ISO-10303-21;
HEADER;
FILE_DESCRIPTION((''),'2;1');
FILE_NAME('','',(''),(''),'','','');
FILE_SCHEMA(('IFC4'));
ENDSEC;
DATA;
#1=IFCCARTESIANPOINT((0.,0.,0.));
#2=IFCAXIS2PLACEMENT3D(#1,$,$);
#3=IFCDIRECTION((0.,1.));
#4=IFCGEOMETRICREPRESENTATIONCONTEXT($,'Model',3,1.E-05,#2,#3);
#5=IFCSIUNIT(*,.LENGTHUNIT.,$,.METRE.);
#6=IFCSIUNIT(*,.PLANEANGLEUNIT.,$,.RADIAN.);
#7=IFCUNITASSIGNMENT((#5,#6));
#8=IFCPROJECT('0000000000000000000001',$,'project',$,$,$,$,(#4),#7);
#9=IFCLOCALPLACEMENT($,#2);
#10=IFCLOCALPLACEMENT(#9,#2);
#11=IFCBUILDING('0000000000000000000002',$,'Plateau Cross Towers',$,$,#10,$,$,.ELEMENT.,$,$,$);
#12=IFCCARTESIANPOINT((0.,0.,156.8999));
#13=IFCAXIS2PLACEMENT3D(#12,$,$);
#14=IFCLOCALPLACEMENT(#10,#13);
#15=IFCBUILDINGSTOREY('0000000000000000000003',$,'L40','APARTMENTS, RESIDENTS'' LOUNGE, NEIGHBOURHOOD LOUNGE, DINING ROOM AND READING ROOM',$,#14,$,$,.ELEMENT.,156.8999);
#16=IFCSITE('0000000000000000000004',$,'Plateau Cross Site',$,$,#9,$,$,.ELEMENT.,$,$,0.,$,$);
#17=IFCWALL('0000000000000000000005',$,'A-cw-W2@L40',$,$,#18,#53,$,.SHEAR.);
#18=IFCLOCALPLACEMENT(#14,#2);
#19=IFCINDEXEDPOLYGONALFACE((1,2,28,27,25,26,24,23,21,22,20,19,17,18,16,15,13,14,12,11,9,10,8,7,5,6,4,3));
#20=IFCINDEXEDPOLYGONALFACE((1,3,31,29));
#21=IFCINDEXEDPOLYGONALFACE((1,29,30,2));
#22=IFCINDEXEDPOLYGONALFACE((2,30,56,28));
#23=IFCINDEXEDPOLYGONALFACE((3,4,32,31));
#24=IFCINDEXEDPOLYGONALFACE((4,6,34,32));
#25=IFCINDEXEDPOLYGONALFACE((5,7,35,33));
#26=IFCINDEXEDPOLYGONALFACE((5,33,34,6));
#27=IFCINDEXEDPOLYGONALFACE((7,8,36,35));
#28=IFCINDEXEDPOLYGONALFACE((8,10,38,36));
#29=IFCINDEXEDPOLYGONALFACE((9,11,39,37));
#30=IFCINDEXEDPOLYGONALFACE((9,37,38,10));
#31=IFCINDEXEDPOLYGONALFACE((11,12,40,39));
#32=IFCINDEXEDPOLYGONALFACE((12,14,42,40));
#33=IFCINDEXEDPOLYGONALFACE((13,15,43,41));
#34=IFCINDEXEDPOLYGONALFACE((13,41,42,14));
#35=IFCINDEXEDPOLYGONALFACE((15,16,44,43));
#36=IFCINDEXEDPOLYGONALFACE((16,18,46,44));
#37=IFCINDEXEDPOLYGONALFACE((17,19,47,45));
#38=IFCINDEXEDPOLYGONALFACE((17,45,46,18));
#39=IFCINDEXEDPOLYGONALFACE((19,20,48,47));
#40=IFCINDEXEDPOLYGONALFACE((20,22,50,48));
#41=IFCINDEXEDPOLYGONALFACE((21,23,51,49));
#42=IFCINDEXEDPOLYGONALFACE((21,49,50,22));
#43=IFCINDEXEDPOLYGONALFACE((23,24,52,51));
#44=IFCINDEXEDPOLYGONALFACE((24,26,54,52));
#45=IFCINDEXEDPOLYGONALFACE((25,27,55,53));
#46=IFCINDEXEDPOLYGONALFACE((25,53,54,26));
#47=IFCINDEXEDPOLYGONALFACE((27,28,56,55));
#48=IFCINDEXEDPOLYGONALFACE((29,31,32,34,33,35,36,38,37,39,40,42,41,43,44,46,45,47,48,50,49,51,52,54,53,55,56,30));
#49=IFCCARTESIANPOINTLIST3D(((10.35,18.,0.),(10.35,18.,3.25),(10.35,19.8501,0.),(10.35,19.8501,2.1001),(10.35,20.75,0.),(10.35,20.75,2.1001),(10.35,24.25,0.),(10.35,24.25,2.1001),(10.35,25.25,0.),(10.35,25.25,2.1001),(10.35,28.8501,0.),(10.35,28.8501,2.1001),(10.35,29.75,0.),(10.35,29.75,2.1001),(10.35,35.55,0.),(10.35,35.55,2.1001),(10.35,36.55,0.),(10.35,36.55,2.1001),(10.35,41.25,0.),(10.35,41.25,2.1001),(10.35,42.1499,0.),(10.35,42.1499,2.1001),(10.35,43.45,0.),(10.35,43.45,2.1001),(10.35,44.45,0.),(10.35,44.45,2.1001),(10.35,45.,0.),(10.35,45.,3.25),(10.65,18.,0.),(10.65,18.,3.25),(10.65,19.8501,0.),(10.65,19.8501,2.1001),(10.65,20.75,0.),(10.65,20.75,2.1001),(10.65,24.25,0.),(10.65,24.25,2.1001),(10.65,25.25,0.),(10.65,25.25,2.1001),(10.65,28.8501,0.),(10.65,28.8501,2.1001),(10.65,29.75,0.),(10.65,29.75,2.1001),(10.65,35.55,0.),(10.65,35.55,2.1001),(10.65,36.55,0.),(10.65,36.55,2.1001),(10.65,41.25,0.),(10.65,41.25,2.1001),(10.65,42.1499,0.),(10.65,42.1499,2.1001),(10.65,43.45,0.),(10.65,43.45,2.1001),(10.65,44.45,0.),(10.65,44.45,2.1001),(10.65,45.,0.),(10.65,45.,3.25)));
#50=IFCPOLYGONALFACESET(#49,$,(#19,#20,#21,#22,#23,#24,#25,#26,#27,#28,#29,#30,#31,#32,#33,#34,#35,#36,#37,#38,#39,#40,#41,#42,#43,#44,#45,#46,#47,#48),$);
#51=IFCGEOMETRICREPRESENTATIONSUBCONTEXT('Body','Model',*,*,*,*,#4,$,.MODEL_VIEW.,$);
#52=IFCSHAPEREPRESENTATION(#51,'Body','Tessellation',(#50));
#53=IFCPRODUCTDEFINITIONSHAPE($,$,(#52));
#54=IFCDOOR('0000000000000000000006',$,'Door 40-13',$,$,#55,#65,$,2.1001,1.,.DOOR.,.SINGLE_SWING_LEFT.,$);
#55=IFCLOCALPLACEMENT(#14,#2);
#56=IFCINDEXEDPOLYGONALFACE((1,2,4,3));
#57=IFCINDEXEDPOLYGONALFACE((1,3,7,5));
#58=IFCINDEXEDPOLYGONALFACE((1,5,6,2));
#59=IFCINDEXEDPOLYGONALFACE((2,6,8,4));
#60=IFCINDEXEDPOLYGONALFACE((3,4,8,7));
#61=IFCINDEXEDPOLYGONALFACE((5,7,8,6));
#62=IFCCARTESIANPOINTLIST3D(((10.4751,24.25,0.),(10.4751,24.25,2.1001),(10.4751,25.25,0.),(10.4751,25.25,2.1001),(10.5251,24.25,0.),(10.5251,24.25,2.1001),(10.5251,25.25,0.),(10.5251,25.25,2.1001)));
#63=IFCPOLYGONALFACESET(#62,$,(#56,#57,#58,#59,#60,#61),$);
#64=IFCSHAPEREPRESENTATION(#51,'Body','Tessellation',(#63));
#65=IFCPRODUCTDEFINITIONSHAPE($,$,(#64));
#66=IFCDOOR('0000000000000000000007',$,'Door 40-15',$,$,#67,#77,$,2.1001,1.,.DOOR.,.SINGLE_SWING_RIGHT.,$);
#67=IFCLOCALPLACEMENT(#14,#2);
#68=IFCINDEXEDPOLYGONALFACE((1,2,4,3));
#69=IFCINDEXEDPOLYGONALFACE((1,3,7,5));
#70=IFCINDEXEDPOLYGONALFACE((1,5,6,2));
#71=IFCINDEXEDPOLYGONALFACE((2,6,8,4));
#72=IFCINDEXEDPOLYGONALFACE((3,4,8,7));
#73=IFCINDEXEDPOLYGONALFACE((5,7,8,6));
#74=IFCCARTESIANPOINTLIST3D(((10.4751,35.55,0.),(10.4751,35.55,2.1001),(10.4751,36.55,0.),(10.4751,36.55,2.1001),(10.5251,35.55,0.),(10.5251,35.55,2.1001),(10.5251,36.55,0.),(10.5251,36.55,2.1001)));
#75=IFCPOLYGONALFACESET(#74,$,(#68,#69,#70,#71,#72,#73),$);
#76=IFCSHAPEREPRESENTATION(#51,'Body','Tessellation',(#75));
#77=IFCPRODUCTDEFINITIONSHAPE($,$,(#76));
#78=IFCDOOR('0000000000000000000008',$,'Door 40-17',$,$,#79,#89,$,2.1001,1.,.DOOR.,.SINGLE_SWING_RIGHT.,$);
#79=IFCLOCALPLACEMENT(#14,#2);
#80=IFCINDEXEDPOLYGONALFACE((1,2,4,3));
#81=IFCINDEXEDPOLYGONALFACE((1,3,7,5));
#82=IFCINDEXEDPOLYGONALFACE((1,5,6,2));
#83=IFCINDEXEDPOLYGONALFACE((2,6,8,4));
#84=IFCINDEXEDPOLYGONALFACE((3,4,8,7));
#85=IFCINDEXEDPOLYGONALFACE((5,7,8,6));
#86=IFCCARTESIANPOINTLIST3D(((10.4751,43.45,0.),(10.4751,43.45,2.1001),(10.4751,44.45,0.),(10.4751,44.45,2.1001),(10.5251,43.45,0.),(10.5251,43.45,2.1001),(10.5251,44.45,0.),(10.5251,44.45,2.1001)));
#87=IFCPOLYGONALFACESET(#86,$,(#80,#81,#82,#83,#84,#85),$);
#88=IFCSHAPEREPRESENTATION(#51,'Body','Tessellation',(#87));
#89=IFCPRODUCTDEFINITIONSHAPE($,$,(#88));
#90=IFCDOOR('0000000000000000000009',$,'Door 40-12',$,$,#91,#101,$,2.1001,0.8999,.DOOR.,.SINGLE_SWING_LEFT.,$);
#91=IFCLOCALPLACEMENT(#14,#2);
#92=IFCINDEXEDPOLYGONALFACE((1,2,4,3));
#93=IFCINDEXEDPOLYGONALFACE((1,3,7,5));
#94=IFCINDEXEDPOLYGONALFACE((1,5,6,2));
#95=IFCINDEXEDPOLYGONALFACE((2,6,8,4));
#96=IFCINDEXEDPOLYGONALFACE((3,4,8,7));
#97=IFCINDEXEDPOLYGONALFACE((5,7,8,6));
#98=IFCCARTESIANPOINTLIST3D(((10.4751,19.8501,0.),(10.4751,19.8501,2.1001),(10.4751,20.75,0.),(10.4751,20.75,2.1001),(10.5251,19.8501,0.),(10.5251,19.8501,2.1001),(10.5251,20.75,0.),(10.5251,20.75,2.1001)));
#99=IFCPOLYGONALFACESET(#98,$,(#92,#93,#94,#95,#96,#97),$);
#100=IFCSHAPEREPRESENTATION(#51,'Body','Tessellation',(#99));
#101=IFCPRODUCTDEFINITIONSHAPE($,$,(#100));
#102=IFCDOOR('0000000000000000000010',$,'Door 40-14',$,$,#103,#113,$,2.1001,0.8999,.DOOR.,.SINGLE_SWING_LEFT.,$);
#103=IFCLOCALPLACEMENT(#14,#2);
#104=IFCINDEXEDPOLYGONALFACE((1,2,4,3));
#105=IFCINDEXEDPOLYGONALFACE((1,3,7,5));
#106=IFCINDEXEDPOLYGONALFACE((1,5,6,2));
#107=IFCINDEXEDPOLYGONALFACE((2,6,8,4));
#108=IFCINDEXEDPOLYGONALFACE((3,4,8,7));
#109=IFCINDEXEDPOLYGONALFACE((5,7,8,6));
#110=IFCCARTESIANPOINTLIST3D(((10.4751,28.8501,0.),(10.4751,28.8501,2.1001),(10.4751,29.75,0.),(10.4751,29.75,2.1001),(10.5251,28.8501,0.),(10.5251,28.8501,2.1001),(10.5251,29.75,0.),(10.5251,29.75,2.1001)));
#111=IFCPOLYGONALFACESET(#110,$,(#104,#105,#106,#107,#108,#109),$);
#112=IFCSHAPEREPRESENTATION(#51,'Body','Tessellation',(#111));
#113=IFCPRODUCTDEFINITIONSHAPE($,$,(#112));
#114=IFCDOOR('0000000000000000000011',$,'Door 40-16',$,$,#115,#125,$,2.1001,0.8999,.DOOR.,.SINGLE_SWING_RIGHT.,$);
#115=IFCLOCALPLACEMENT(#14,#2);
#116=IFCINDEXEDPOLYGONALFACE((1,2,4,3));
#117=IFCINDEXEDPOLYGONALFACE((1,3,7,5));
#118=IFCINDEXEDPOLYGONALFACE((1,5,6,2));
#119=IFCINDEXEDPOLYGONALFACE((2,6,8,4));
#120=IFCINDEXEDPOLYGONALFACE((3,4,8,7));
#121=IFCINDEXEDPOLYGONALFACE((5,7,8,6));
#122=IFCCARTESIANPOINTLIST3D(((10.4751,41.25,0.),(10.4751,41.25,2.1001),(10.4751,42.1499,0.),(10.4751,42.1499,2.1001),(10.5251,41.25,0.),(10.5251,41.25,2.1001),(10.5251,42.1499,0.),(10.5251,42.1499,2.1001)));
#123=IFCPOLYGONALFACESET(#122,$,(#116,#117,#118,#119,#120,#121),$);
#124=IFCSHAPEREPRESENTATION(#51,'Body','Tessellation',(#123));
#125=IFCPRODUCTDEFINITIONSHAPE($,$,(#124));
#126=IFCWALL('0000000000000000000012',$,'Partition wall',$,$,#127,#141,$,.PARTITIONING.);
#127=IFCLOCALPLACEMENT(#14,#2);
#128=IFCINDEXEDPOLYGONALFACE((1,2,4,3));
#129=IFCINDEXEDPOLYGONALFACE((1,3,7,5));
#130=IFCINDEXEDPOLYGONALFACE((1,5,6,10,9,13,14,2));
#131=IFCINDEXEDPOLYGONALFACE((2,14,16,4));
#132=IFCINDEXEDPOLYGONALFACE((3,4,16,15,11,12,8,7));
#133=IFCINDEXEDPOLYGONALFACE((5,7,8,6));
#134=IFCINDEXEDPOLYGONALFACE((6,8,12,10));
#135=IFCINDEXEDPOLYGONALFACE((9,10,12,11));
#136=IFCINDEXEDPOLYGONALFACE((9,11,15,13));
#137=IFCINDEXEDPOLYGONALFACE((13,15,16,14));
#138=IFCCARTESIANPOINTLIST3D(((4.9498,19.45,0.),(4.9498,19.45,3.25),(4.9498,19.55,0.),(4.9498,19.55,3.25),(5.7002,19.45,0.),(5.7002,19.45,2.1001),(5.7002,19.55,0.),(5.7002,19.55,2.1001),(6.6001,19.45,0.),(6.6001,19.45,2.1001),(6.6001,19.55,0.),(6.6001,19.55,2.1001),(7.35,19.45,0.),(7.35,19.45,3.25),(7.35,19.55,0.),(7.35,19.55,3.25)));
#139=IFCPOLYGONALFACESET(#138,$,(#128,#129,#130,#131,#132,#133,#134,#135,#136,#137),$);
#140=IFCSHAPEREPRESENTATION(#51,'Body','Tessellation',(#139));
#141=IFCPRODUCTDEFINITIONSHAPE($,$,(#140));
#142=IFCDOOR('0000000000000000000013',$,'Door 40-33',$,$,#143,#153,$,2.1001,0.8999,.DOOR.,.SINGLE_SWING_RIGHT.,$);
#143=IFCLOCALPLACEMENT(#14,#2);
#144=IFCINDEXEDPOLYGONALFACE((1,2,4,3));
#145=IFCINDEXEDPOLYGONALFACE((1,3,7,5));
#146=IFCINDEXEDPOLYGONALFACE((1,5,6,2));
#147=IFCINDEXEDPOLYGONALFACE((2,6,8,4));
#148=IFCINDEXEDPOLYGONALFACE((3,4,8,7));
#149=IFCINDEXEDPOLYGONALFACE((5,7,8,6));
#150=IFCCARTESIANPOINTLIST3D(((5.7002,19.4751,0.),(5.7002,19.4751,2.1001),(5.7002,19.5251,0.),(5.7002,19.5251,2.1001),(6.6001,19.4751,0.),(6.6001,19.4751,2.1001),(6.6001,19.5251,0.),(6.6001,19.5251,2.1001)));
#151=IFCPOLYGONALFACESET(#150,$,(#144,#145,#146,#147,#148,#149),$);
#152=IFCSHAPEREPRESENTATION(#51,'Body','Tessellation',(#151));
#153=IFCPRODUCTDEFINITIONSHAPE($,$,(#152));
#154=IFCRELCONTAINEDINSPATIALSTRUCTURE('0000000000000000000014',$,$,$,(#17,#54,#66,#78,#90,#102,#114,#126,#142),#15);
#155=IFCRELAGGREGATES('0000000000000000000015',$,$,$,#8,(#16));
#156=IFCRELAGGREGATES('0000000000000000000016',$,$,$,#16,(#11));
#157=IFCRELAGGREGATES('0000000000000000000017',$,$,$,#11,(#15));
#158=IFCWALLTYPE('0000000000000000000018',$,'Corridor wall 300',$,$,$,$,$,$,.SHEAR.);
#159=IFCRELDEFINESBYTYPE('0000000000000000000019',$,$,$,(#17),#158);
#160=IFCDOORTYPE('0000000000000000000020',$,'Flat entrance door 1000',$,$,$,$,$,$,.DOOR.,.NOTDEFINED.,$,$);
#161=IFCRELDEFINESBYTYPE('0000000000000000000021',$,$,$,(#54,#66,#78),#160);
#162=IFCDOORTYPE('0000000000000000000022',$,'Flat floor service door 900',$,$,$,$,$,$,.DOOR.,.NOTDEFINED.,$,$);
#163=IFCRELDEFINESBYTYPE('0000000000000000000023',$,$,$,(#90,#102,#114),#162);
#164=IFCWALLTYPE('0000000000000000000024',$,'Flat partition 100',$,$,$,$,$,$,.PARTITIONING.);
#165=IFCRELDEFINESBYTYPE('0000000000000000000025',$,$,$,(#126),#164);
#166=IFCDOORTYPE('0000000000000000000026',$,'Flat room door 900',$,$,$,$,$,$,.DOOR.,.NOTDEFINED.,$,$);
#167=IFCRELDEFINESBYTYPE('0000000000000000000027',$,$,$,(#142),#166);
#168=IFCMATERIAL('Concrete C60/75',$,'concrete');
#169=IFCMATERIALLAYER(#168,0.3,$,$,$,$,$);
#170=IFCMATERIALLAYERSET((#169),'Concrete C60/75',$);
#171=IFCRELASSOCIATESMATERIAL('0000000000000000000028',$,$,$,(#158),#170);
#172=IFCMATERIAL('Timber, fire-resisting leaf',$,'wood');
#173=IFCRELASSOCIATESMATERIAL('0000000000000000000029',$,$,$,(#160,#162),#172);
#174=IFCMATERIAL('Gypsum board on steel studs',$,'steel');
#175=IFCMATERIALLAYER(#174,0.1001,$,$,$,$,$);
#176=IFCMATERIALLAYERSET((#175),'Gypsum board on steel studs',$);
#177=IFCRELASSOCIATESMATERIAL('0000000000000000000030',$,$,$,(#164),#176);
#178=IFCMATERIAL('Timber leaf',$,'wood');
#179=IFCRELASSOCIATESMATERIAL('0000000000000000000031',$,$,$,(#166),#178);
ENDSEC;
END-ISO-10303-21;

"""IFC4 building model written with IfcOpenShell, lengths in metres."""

from ifc_helpers import new_model, si_unit, direction, frame, frame_2d, origin, place, context, subcontext, project, spatial, rectangle, extrude, material, layer, layer_set, type_object, element, fill, save


model = new_model("IFC4")

# Units and contexts
model_context = context("Model", 3, precision=1e-05, world=origin(), true_north=direction((0.0, 1.0)))
body_context = subcontext(model_context, "Body", "Model", "MODEL_VIEW")
ifc_project = project(units=[si_unit("LENGTHUNIT", "METRE"), si_unit("PLANEANGLEUNIT", "RADIAN")], contexts=[model_context])

# Site, building, storey
site_placement = place(None, origin())
site = spatial("IfcSite", under=ifc_project, at=site_placement, Name="Plateau Cross Site", CompositionType="ELEMENT", RefElevation=0.0)
building_placement = place(site_placement, origin())
building = spatial("IfcBuilding", under=site, at=building_placement, Name="Plateau Cross Towers", CompositionType="ELEMENT")
storey_placement = place(building_placement, frame((0.0, 0.0, 156.8999)))
storey = spatial("IfcBuildingStorey", under=building, at=storey_placement, Name="L40", Description="APARTMENTS, RESIDENTS' LOUNGE, NEIGHBOURHOOD LOUNGE, DINING ROOM AND READING ROOM", CompositionType="ELEMENT", Elevation=156.8999)

# Shared definitions
ifc_material_1 = material(Name="Concrete C60/75", Category="concrete")

# Wall, openings, doors
ifc_layer_1 = layer(ifc_material_1, 0.3)
ifc_layer_set_1 = layer_set([ifc_layer_1], Name="Concrete C60/75")
wall_type_1 = type_object("IfcWallType", Name="Corridor wall 300", PredefinedType="SHEAR", material=ifc_layer_set_1)
ifc_material_2 = material(Name="Timber, fire-resisting leaf", Category="wood")
door_type_1 = type_object("IfcDoorType", Name="Flat entrance door 1000", OperationType="NOTDEFINED", PredefinedType="DOOR", material=ifc_material_2)
wall_1_placement = place(storey_placement, frame((10.5, 18.0, 0.0), z_axis=(0.0, 0.0, 1.0), x_axis=(0.0, 1.0, 0.0)))
wall_1 = element("IfcWall", 1, at=wall_1_placement, inside=storey, type_object=wall_type_1, Name="A-cw-W2@L40", PredefinedType="SHEAR", context=body_context, shape_type="SweptSolid", body=[
    extrude(rectangle(XDim=27.0, YDim=0.3, at=frame_2d((13.5, 0.0))), origin(), (0.0, 0.0, 1.0), 3.25),
])
opening_1_placement = place(wall_1_placement, frame((1.8501, 0.0, 0.0)))
opening_1 = element("IfcOpeningElement", 2, at=opening_1_placement, cuts=wall_1, PredefinedType="OPENING", context=body_context, shape_type="SweptSolid", body=[
    extrude(rectangle(XDim=0.8999, YDim=2.1001, at=frame_2d((0.45, 1.05))), frame((0.0, 0.1599, 0.0), z_axis=(0.0, -1.0, 0.0), x_axis=(1.0, 0.0, 0.0)), (0.0, 0.0, 1.0), 0.3201),
])
opening_2_placement = place(wall_1_placement, frame((6.25, 0.0, 0.0)))
opening_2 = element("IfcOpeningElement", 3, at=opening_2_placement, cuts=wall_1, PredefinedType="OPENING", context=body_context, shape_type="SweptSolid", body=[
    extrude(rectangle(XDim=1.0, YDim=2.1001, at=frame_2d((0.5, 1.05))), frame((0.0, 0.1599, 0.0), z_axis=(0.0, -1.0, 0.0), x_axis=(1.0, 0.0, 0.0)), (0.0, 0.0, 1.0), 0.3201),
])
opening_3_placement = place(wall_1_placement, frame((10.8501, 0.0, 0.0)))
opening_3 = element("IfcOpeningElement", 4, at=opening_3_placement, cuts=wall_1, PredefinedType="OPENING", context=body_context, shape_type="SweptSolid", body=[
    extrude(rectangle(XDim=0.8999, YDim=2.1001, at=frame_2d((0.45, 1.05))), frame((0.0, 0.1599, 0.0), z_axis=(0.0, -1.0, 0.0), x_axis=(1.0, 0.0, 0.0)), (0.0, 0.0, 1.0), 0.3201),
])
opening_4_placement = place(wall_1_placement, frame((17.55, 0.0, 0.0)))
opening_4 = element("IfcOpeningElement", 5, at=opening_4_placement, cuts=wall_1, PredefinedType="OPENING", context=body_context, shape_type="SweptSolid", body=[
    extrude(rectangle(XDim=1.0, YDim=2.1001, at=frame_2d((0.5, 1.05))), frame((0.0, 0.1599, 0.0), z_axis=(0.0, -1.0, 0.0), x_axis=(1.0, 0.0, 0.0)), (0.0, 0.0, 1.0), 0.3201),
])
opening_5_placement = place(wall_1_placement, frame((23.25, 0.0, 0.0)))
opening_5 = element("IfcOpeningElement", 6, at=opening_5_placement, cuts=wall_1, PredefinedType="OPENING", context=body_context, shape_type="SweptSolid", body=[
    extrude(rectangle(XDim=0.8999, YDim=2.1001, at=frame_2d((0.45, 1.05))), frame((0.0, 0.1599, 0.0), z_axis=(0.0, -1.0, 0.0), x_axis=(1.0, 0.0, 0.0)), (0.0, 0.0, 1.0), 0.3201),
])
opening_6_placement = place(wall_1_placement, frame((25.45, 0.0, 0.0)))
opening_6 = element("IfcOpeningElement", 7, at=opening_6_placement, cuts=wall_1, PredefinedType="OPENING", context=body_context, shape_type="SweptSolid", body=[
    extrude(rectangle(XDim=1.0, YDim=2.1001, at=frame_2d((0.5, 1.05))), frame((0.0, 0.1599, 0.0), z_axis=(0.0, -1.0, 0.0), x_axis=(1.0, 0.0, 0.0)), (0.0, 0.0, 1.0), 0.3201),
])
door_1_placement = place(opening_2_placement, origin())
door_1 = element("IfcDoor", 8, at=door_1_placement, inside=storey, type_object=door_type_1, Name="Door 40-13", OperationType="SINGLE_SWING_LEFT", OverallHeight=2.1001, OverallWidth=1.0, PredefinedType="DOOR", context=body_context, shape_type="SweptSolid", body=[
    extrude(rectangle(XDim=1.0, YDim=2.1001, at=frame_2d((0.5, 1.05))), frame((0.0, 0.0249, 0.0), z_axis=(0.0, -1.0, 0.0), x_axis=(1.0, 0.0, 0.0)), (0.0, 0.0, 1.0), 0.05),
])
fill(opening_2, door_1)
door_2_placement = place(opening_4_placement, origin())
door_2 = element("IfcDoor", 9, at=door_2_placement, inside=storey, type_object=door_type_1, Name="Door 40-15", OperationType="SINGLE_SWING_RIGHT", OverallHeight=2.1001, OverallWidth=1.0, PredefinedType="DOOR", context=body_context, shape_type="SweptSolid", body=[
    extrude(rectangle(XDim=1.0, YDim=2.1001, at=frame_2d((0.5, 1.05))), frame((0.0, 0.0249, 0.0), z_axis=(0.0, -1.0, 0.0), x_axis=(1.0, 0.0, 0.0)), (0.0, 0.0, 1.0), 0.05),
])
fill(opening_4, door_2)
door_3_placement = place(opening_6_placement, origin())
door_3 = element("IfcDoor", 10, at=door_3_placement, inside=storey, type_object=door_type_1, Name="Door 40-17", OperationType="SINGLE_SWING_RIGHT", OverallHeight=2.1001, OverallWidth=1.0, PredefinedType="DOOR", context=body_context, shape_type="SweptSolid", body=[
    extrude(rectangle(XDim=1.0, YDim=2.1001, at=frame_2d((0.5, 1.05))), frame((0.0, 0.0249, 0.0), z_axis=(0.0, -1.0, 0.0), x_axis=(1.0, 0.0, 0.0)), (0.0, 0.0, 1.0), 0.05),
])
fill(opening_6, door_3)
door_type_2 = type_object("IfcDoorType", Name="Flat floor service door 900", OperationType="NOTDEFINED", PredefinedType="DOOR", material=ifc_material_2)
door_4_placement = place(opening_1_placement, origin())
door_4 = element("IfcDoor", 11, at=door_4_placement, inside=storey, type_object=door_type_2, Name="Door 40-12", OperationType="SINGLE_SWING_LEFT", OverallHeight=2.1001, OverallWidth=0.8999, PredefinedType="DOOR", context=body_context, shape_type="SweptSolid", body=[
    extrude(rectangle(XDim=0.8999, YDim=2.1001, at=frame_2d((0.45, 1.05))), frame((0.0, 0.0249, 0.0), z_axis=(0.0, -1.0, 0.0), x_axis=(1.0, 0.0, 0.0)), (0.0, 0.0, 1.0), 0.05),
])
fill(opening_1, door_4)
door_5_placement = place(opening_3_placement, origin())
door_5 = element("IfcDoor", 12, at=door_5_placement, inside=storey, type_object=door_type_2, Name="Door 40-14", OperationType="SINGLE_SWING_LEFT", OverallHeight=2.1001, OverallWidth=0.8999, PredefinedType="DOOR", context=body_context, shape_type="SweptSolid", body=[
    extrude(rectangle(XDim=0.8999, YDim=2.1001, at=frame_2d((0.45, 1.05))), frame((0.0, 0.0249, 0.0), z_axis=(0.0, -1.0, 0.0), x_axis=(1.0, 0.0, 0.0)), (0.0, 0.0, 1.0), 0.05),
])
fill(opening_3, door_5)
door_6_placement = place(opening_5_placement, origin())
door_6 = element("IfcDoor", 13, at=door_6_placement, inside=storey, type_object=door_type_2, Name="Door 40-16", OperationType="SINGLE_SWING_RIGHT", OverallHeight=2.1001, OverallWidth=0.8999, PredefinedType="DOOR", context=body_context, shape_type="SweptSolid", body=[
    extrude(rectangle(XDim=0.8999, YDim=2.1001, at=frame_2d((0.45, 1.05))), frame((0.0, 0.0249, 0.0), z_axis=(0.0, -1.0, 0.0), x_axis=(1.0, 0.0, 0.0)), (0.0, 0.0, 1.0), 0.05),
])
fill(opening_5, door_6)

# Wall, opening, door
ifc_material_3 = material(Name="Gypsum board on steel studs", Category="steel")
ifc_layer_2 = layer(ifc_material_3, 0.1001)
ifc_layer_set_2 = layer_set([ifc_layer_2], Name="Gypsum board on steel studs")
wall_type_2 = type_object("IfcWallType", Name="Flat partition 100", PredefinedType="PARTITIONING", material=ifc_layer_set_2)
wall_2_placement = place(storey_placement, frame((7.3501, 19.5, 0.0), z_axis=(0.0, 0.0, 1.0), x_axis=(-1.0, 0.0, 0.0)))
wall_2 = element("IfcWall", 14, at=wall_2_placement, inside=storey, type_object=wall_type_2, Name="Partition wall", PredefinedType="PARTITIONING", context=body_context, shape_type="SweptSolid", body=[
    extrude(rectangle(XDim=2.4001, YDim=0.1001, at=frame_2d((1.2002, 0.0))), origin(), (0.0, 0.0, 1.0), 3.25),
])
opening_7_placement = place(wall_2_placement, frame((0.75, 0.0, 0.0)))
opening_7 = element("IfcOpeningElement", 15, at=opening_7_placement, cuts=wall_2, PredefinedType="OPENING", context=body_context, shape_type="SweptSolid", body=[
    extrude(rectangle(XDim=0.8999, YDim=2.1001, at=frame_2d((0.45, 1.05))), frame((0.0, 0.0601, 0.0), z_axis=(0.0, -1.0, 0.0), x_axis=(1.0, 0.0, 0.0)), (0.0, 0.0, 1.0), 0.1201),
])
ifc_material_4 = material(Name="Timber leaf", Category="wood")
door_type_3 = type_object("IfcDoorType", Name="Flat room door 900", OperationType="NOTDEFINED", PredefinedType="DOOR", material=ifc_material_4)
door_7_placement = place(opening_7_placement, origin())
door_7 = element("IfcDoor", 16, at=door_7_placement, inside=storey, type_object=door_type_3, Name="Door 40-33", OperationType="SINGLE_SWING_RIGHT", OverallHeight=2.1001, OverallWidth=0.8999, PredefinedType="DOOR", context=body_context, shape_type="SweptSolid", body=[
    extrude(rectangle(XDim=0.8999, YDim=2.1001, at=frame_2d((0.45, 1.05))), frame((0.0, 0.0249, 0.0), z_axis=(0.0, -1.0, 0.0), x_axis=(1.0, 0.0, 0.0)), (0.0, 0.0, 1.0), 0.05),
])
fill(opening_7, door_7)

save(model, "model.ifc")
